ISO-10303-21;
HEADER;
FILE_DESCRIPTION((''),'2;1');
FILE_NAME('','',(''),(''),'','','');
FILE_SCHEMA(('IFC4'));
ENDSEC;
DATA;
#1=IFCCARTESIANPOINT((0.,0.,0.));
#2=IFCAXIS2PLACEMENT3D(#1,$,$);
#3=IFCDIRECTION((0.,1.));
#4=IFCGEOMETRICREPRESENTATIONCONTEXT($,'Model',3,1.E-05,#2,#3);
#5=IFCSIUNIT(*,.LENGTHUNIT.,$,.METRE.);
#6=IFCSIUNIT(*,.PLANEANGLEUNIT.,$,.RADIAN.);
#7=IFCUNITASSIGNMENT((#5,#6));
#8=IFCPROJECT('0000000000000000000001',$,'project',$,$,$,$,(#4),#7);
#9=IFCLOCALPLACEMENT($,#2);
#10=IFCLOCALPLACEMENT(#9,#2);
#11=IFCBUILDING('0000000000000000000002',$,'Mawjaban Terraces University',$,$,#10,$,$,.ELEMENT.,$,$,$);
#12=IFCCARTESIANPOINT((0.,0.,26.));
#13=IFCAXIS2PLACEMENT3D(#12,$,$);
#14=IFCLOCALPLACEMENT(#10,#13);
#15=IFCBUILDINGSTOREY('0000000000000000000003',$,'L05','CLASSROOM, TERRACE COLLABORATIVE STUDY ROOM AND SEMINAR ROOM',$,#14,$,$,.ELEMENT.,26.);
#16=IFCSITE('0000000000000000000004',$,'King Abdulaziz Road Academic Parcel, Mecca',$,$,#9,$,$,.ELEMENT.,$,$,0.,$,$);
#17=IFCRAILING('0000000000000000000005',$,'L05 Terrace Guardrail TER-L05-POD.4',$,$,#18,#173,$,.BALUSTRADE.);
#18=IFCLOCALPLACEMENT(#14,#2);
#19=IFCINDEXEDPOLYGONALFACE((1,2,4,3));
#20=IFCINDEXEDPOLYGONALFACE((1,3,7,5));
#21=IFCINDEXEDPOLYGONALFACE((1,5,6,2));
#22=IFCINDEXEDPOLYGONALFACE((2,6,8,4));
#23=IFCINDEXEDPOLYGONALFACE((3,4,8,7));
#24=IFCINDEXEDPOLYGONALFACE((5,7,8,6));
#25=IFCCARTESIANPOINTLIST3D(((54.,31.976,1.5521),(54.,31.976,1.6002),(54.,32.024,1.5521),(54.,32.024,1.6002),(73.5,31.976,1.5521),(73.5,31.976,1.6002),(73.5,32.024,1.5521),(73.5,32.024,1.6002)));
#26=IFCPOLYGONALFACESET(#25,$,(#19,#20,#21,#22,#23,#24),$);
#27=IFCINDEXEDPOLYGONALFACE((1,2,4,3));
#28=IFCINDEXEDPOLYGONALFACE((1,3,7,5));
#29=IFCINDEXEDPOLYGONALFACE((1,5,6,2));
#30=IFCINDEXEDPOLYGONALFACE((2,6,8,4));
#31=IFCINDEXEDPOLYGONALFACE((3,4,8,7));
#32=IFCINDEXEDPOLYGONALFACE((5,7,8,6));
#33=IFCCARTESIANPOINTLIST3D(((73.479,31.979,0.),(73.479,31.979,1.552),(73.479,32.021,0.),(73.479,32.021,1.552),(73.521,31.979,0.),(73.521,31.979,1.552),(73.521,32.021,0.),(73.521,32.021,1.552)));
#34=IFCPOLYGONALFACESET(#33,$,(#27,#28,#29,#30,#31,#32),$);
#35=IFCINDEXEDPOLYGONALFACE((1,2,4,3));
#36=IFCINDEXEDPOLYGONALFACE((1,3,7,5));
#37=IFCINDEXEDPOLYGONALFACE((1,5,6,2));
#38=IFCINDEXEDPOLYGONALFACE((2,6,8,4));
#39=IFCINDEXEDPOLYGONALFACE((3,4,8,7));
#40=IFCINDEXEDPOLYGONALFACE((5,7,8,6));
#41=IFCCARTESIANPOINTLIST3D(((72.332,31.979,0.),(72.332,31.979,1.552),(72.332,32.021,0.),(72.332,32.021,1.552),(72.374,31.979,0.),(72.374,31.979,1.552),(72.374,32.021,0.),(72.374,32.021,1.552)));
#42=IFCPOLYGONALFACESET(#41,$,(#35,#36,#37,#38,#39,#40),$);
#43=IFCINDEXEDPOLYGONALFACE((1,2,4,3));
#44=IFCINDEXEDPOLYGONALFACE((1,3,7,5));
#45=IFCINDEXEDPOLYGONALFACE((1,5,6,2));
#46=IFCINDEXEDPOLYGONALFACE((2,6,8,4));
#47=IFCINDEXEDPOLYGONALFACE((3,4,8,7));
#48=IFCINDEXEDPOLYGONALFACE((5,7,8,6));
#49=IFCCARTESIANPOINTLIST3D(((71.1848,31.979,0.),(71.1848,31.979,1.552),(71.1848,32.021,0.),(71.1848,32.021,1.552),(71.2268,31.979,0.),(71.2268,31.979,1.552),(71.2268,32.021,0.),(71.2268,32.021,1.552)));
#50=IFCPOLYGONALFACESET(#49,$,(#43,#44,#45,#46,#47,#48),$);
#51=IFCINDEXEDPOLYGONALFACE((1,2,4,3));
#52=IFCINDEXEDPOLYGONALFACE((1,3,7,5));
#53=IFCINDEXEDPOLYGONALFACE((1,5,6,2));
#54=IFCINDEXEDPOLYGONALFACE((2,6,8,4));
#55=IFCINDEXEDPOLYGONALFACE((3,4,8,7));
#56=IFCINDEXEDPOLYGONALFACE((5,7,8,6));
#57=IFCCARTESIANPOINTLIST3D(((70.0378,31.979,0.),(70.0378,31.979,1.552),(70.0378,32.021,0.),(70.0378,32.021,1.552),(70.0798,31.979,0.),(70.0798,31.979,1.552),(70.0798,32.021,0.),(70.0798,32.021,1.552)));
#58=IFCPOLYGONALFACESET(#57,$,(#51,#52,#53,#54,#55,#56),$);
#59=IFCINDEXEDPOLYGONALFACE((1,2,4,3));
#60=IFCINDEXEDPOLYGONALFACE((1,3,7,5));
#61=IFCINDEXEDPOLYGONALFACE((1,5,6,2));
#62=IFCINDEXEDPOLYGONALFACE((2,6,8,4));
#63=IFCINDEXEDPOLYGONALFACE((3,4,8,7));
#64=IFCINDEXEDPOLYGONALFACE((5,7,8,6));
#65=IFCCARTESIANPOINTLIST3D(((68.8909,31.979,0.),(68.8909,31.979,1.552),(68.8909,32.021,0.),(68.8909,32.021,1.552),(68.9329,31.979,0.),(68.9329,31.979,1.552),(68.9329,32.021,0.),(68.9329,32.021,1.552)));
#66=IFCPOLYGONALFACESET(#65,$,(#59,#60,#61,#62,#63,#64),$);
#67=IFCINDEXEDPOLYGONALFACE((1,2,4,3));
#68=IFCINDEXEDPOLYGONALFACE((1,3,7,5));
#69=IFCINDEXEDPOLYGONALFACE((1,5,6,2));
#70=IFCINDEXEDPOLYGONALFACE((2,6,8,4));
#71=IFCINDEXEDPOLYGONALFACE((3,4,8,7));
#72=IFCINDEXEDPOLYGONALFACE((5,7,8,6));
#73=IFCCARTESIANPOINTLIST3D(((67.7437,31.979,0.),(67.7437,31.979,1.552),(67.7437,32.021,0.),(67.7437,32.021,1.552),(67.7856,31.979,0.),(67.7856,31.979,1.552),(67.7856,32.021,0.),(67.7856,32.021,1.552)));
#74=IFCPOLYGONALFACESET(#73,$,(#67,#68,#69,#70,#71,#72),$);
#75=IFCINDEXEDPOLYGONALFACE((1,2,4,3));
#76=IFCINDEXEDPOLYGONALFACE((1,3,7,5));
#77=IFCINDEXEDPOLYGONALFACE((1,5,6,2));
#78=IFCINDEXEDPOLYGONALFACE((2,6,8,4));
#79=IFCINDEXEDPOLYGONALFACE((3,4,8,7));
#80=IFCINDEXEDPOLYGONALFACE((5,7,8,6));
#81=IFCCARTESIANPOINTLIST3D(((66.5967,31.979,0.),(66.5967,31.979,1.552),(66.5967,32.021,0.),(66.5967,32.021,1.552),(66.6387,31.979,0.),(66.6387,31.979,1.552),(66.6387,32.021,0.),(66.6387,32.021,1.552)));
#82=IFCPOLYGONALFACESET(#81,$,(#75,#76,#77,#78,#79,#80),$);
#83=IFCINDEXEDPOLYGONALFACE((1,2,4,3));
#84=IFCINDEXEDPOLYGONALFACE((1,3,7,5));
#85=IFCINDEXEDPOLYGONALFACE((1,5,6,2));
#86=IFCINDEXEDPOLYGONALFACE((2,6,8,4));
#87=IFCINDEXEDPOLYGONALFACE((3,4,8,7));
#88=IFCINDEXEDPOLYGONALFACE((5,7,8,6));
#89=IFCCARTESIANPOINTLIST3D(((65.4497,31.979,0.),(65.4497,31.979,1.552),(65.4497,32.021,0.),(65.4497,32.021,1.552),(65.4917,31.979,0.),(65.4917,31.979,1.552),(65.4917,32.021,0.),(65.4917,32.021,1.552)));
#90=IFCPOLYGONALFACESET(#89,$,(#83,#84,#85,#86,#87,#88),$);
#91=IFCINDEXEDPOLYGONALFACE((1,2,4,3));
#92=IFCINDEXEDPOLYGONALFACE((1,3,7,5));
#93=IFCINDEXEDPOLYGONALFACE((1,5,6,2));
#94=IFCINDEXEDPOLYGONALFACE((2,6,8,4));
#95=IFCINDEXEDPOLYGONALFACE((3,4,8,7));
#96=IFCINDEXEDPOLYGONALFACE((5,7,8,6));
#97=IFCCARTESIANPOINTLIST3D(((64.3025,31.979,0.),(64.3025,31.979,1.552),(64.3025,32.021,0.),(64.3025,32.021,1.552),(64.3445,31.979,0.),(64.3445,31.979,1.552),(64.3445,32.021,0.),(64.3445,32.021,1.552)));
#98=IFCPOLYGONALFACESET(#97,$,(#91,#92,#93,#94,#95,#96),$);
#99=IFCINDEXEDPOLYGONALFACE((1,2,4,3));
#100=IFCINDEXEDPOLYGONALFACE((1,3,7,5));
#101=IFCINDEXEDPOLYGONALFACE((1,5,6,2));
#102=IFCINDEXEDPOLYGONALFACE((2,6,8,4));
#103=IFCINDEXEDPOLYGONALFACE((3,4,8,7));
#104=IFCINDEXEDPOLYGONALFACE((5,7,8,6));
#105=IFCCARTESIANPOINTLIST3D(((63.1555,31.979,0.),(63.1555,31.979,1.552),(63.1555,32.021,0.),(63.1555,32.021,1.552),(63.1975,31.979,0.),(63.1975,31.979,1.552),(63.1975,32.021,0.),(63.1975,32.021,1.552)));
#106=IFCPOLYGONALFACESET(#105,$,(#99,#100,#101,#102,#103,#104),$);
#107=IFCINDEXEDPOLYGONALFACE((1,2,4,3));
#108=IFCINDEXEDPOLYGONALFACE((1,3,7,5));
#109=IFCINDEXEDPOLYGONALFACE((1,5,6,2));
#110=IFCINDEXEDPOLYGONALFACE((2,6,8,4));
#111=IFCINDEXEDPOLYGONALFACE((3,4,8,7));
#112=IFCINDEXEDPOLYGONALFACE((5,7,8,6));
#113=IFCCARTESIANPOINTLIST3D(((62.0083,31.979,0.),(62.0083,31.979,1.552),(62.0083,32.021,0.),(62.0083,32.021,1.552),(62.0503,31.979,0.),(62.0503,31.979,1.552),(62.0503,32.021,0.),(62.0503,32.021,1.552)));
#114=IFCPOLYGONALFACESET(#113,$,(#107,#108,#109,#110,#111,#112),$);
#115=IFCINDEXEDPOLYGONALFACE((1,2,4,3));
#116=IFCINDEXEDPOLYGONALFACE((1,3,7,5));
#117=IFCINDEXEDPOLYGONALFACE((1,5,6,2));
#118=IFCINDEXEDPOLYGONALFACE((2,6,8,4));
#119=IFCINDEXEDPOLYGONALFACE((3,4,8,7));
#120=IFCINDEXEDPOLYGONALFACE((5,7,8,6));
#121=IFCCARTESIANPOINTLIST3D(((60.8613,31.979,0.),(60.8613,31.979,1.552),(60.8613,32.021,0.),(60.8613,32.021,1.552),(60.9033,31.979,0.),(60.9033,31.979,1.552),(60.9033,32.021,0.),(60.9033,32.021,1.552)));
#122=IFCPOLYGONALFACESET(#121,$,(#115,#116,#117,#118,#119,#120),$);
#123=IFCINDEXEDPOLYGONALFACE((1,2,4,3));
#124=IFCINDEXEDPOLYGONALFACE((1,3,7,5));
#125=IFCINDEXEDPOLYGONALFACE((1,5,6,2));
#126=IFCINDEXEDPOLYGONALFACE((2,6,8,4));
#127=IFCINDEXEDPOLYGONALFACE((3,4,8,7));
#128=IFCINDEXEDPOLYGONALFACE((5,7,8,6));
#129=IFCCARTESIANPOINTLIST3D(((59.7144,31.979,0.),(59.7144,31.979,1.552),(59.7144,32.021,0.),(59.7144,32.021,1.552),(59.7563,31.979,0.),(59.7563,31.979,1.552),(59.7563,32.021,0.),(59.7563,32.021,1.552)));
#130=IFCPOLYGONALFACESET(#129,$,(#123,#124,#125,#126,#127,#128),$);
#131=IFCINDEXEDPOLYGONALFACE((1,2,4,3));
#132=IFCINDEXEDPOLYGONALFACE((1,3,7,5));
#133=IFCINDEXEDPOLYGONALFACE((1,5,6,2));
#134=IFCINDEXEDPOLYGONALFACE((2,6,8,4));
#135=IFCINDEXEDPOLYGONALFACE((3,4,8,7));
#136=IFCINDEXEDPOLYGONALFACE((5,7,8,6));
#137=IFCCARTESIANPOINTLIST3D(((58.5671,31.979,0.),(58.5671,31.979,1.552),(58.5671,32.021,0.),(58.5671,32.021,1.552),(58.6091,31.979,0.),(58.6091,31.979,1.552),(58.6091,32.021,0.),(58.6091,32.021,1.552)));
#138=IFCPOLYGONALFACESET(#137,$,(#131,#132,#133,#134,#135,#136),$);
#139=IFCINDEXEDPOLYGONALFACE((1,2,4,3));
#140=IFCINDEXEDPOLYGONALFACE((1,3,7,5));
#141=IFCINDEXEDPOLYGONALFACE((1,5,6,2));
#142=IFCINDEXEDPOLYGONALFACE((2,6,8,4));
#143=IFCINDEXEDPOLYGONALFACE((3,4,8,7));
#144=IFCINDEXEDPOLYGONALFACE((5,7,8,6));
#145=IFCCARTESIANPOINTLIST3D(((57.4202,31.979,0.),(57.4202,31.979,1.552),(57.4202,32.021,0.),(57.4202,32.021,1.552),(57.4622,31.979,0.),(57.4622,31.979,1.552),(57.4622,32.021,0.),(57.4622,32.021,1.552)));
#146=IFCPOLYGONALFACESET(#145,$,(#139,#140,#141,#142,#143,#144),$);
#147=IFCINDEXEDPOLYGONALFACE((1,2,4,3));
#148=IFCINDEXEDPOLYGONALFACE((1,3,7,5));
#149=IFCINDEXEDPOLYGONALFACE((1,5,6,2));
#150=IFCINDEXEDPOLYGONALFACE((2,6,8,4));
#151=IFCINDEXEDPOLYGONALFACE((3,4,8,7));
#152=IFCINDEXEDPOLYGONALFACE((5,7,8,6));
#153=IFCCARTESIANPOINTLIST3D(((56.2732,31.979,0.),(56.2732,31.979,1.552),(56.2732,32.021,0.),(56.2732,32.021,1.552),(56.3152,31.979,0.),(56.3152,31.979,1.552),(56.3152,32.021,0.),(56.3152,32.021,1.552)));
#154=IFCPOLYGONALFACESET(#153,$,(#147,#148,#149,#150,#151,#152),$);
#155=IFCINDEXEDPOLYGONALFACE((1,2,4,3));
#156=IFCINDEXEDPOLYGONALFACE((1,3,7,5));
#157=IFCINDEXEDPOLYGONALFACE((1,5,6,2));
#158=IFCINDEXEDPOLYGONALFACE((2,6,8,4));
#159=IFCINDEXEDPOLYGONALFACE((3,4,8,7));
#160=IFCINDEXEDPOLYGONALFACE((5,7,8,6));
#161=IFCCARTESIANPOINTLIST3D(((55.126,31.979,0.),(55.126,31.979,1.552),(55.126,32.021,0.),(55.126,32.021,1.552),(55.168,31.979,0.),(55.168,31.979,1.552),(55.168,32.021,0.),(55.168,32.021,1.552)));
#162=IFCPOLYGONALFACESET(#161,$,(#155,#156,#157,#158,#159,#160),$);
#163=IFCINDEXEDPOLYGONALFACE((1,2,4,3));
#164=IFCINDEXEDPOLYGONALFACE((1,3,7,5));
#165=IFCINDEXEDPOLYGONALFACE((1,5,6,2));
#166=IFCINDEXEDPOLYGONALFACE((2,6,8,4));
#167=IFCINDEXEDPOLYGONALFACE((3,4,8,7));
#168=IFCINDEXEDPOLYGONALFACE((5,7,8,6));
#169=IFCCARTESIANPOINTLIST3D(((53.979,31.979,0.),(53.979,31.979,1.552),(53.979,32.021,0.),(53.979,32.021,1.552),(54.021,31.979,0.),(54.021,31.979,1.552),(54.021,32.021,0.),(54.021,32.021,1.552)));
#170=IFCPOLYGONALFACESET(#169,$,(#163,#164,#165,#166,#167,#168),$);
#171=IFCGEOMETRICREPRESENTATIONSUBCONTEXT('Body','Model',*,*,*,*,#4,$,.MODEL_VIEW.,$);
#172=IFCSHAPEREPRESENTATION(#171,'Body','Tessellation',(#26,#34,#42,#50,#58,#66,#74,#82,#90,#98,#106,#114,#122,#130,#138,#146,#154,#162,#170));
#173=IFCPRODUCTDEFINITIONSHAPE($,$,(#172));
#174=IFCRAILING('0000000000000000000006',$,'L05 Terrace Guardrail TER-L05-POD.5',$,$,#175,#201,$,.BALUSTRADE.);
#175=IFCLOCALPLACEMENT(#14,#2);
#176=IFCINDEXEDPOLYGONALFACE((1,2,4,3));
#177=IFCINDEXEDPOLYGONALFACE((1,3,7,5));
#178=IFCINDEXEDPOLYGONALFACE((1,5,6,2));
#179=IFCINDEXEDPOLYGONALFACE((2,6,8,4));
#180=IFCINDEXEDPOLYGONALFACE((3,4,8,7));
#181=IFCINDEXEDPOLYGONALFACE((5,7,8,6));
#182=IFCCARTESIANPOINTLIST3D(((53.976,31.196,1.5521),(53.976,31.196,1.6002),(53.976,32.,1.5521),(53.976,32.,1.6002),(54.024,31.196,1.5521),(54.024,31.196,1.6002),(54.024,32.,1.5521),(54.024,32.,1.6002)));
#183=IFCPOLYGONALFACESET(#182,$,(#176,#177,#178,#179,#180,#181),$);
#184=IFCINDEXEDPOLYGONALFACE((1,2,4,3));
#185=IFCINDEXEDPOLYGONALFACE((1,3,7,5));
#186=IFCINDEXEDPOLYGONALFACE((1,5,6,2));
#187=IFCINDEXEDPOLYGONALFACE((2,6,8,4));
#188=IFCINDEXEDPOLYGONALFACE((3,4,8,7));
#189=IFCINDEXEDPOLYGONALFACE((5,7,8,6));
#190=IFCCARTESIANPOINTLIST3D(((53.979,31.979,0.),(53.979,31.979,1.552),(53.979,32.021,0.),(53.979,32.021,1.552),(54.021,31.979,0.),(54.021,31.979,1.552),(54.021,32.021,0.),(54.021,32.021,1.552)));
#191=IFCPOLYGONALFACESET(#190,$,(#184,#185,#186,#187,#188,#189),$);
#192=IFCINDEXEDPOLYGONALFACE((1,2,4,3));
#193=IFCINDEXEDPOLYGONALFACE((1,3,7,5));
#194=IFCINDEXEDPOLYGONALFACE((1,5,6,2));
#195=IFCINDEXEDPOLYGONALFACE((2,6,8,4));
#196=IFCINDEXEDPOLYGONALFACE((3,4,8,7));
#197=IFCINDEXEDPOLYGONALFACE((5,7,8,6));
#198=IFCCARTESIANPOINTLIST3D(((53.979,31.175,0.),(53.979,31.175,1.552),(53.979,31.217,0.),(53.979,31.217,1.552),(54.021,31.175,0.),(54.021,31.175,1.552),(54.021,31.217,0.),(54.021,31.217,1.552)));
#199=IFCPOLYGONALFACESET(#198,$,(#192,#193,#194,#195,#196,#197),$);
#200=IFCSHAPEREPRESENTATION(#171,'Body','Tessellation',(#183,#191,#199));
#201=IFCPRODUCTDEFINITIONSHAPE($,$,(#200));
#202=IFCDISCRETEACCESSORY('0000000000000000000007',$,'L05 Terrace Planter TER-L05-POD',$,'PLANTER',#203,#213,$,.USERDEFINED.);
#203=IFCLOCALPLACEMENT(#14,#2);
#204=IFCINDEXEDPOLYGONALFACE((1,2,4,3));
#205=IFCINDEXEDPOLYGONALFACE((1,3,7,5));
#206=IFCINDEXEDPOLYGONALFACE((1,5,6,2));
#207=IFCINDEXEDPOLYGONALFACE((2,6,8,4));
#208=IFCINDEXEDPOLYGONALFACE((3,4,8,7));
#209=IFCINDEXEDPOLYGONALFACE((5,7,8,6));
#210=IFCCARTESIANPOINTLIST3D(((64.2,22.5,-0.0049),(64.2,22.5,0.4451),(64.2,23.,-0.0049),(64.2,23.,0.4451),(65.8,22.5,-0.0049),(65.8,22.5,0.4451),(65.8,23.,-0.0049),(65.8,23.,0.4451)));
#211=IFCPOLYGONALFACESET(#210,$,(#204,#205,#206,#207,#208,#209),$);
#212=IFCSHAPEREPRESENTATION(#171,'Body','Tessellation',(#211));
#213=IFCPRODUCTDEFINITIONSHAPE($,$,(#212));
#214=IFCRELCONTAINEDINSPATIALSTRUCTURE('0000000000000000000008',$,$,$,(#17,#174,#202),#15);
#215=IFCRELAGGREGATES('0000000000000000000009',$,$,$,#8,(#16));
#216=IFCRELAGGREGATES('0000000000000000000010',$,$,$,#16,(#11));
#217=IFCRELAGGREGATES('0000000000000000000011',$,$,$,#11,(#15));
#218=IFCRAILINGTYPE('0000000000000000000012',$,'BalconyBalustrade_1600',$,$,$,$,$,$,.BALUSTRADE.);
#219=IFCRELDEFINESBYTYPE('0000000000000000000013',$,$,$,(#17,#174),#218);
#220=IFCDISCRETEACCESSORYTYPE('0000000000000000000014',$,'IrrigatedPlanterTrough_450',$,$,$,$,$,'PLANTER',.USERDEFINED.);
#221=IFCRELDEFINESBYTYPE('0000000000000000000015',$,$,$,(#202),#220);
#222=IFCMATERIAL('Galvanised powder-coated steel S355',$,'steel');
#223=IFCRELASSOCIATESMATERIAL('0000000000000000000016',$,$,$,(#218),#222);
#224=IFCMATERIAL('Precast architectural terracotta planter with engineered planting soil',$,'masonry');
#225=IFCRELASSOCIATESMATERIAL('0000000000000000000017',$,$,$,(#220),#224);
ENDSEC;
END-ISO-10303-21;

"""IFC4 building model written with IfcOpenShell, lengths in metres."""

from ifc_helpers import new_model, si_unit, direction, frame, origin, origin_2d, place, context, subcontext, project, spatial, rectangle, extrude, material, type_object, element, save


model = new_model("IFC4")

# Units and contexts
model_context = context("Model", 3, precision=1e-05, world=origin(), true_north=direction((0.0, 1.0)))
body_context = subcontext(model_context, "Body", "Model", "MODEL_VIEW")
ifc_project = project(units=[si_unit("LENGTHUNIT", "METRE"), si_unit("PLANEANGLEUNIT", "RADIAN")], contexts=[model_context])

# Site, building, storey
site_placement = place(None, origin())
site = spatial("IfcSite", under=ifc_project, at=site_placement, Name="King Abdulaziz Road Academic Parcel, Mecca", CompositionType="ELEMENT", RefElevation=0.0)
building_placement = place(site_placement, origin())
building = spatial("IfcBuilding", under=site, at=building_placement, Name="Mawjaban Terraces University", CompositionType="ELEMENT")
storey_placement = place(building_placement, frame((0.0, 0.0, 26.0)))
storey = spatial("IfcBuildingStorey", under=building, at=storey_placement, Name="L05", Description="CLASSROOM, TERRACE COLLABORATIVE STUDY ROOM AND SEMINAR ROOM", CompositionType="ELEMENT", Elevation=26.0)

# Railings
ifc_material_1 = material(Name="Galvanised powder-coated steel S355", Category="steel")
railing_type = type_object("IfcRailingType", Name="BalconyBalustrade_1600", PredefinedType="BALUSTRADE", material=ifc_material_1)
railing_1_placement = place(storey_placement, frame((73.5, 32.0, 0.0)))
element("IfcRailing", 1, at=railing_1_placement, inside=storey, type_object=railing_type, Name="L05 Terrace Guardrail TER-L05-POD.4", PredefinedType="BALUSTRADE", context=body_context, shape_type="SweptSolid", body=[
    extrude(rectangle(XDim=0.0481, YDim=0.0481, at=origin_2d()), frame((0.0, 0.0, 1.5762), z_axis=(-1.0, 0.0, 0.0), x_axis=(0.0, -1.0, 0.0)), (0.0, 0.0, 1.0), 19.5),
    extrude(rectangle(XDim=0.042, YDim=0.042, at=origin_2d()), origin(), (0.0, 0.0, 1.0), 1.552),
    extrude(rectangle(XDim=0.042, YDim=0.042, at=origin_2d()), frame((-1.147, 0.0, 0.0)), (0.0, 0.0, 1.0), 1.552),
    extrude(rectangle(XDim=0.042, YDim=0.042, at=origin_2d()), frame((-2.2942, 0.0, 0.0)), (0.0, 0.0, 1.0), 1.552),
    extrude(rectangle(XDim=0.042, YDim=0.042, at=origin_2d()), frame((-3.4412, 0.0, 0.0)), (0.0, 0.0, 1.0), 1.552),
    extrude(rectangle(XDim=0.042, YDim=0.042, at=origin_2d()), frame((-4.5881, 0.0, 0.0)), (0.0, 0.0, 1.0), 1.552),
    extrude(rectangle(XDim=0.042, YDim=0.042, at=origin_2d()), frame((-5.7354, 0.0, 0.0)), (0.0, 0.0, 1.0), 1.552),
    extrude(rectangle(XDim=0.042, YDim=0.042, at=origin_2d()), frame((-6.8823, 0.0, 0.0)), (0.0, 0.0, 1.0), 1.552),
    extrude(rectangle(XDim=0.042, YDim=0.042, at=origin_2d()), frame((-8.0293, 0.0, 0.0)), (0.0, 0.0, 1.0), 1.552),
    extrude(rectangle(XDim=0.042, YDim=0.042, at=origin_2d()), frame((-9.1765, 0.0, 0.0)), (0.0, 0.0, 1.0), 1.552),
    extrude(rectangle(XDim=0.042, YDim=0.042, at=origin_2d()), frame((-10.3235, 0.0, 0.0)), (0.0, 0.0, 1.0), 1.552),
    extrude(rectangle(XDim=0.042, YDim=0.042, at=origin_2d()), frame((-11.4707, 0.0, 0.0)), (0.0, 0.0, 1.0), 1.552),
    extrude(rectangle(XDim=0.042, YDim=0.042, at=origin_2d()), frame((-12.6177, 0.0, 0.0)), (0.0, 0.0, 1.0), 1.552),
    extrude(rectangle(XDim=0.042, YDim=0.042, at=origin_2d()), frame((-13.7646, 0.0, 0.0)), (0.0, 0.0, 1.0), 1.552),
    extrude(rectangle(XDim=0.042, YDim=0.042, at=origin_2d()), frame((-14.9119, 0.0, 0.0)), (0.0, 0.0, 1.0), 1.552),
    extrude(rectangle(XDim=0.042, YDim=0.042, at=origin_2d()), frame((-16.0588, 0.0, 0.0)), (0.0, 0.0, 1.0), 1.552),
    extrude(rectangle(XDim=0.042, YDim=0.042, at=origin_2d()), frame((-17.2058, 0.0, 0.0)), (0.0, 0.0, 1.0), 1.552),
    extrude(rectangle(XDim=0.042, YDim=0.042, at=origin_2d()), frame((-18.353, 0.0, 0.0)), (0.0, 0.0, 1.0), 1.552),
    extrude(rectangle(XDim=0.042, YDim=0.042, at=origin_2d()), frame((-19.5, 0.0, 0.0)), (0.0, 0.0, 1.0), 1.552),
])
railing_2_placement = place(storey_placement, frame((54.0, 32.0, 0.0)))
element("IfcRailing", 2, at=railing_2_placement, inside=storey, type_object=railing_type, Name="L05 Terrace Guardrail TER-L05-POD.5", PredefinedType="BALUSTRADE", context=body_context, shape_type="SweptSolid", body=[
    extrude(rectangle(XDim=0.0481, YDim=0.0481, at=origin_2d()), frame((0.0, 0.0, 1.5762), z_axis=(0.0, -1.0, 0.0), x_axis=(1.0, 0.0, 0.0)), (0.0, 0.0, 1.0), 0.804),
    extrude(rectangle(XDim=0.042, YDim=0.042, at=origin_2d()), origin(), (0.0, 0.0, 1.0), 1.552),
    extrude(rectangle(XDim=0.042, YDim=0.042, at=origin_2d()), frame((0.0, -0.804, 0.0)), (0.0, 0.0, 1.0), 1.552),
])

# Discrete accessory
ifc_material_2 = material(Name="Precast architectural terracotta planter with engineered planting soil", Category="masonry")
discrete_accessory_type = type_object("IfcDiscreteAccessoryType", Name="IrrigatedPlanterTrough_450", ElementType="PLANTER", PredefinedType="USERDEFINED", material=ifc_material_2)
discrete_accessory_placement = place(storey_placement, frame((65.0, 22.75, -0.0049), z_axis=(0.0, 0.0, 1.0), x_axis=(1.0, 0.0, 0.0)))
element("IfcDiscreteAccessory", 3, at=discrete_accessory_placement, inside=storey, type_object=discrete_accessory_type, Name="L05 Terrace Planter TER-L05-POD", ObjectType="PLANTER", PredefinedType="USERDEFINED", context=body_context, shape_type="SweptSolid", body=[
    extrude(rectangle(XDim=1.6001, YDim=0.5, at=origin_2d()), origin(), (0.0, 0.0, 1.0), 0.45),
])

save(model, "model.ifc")
